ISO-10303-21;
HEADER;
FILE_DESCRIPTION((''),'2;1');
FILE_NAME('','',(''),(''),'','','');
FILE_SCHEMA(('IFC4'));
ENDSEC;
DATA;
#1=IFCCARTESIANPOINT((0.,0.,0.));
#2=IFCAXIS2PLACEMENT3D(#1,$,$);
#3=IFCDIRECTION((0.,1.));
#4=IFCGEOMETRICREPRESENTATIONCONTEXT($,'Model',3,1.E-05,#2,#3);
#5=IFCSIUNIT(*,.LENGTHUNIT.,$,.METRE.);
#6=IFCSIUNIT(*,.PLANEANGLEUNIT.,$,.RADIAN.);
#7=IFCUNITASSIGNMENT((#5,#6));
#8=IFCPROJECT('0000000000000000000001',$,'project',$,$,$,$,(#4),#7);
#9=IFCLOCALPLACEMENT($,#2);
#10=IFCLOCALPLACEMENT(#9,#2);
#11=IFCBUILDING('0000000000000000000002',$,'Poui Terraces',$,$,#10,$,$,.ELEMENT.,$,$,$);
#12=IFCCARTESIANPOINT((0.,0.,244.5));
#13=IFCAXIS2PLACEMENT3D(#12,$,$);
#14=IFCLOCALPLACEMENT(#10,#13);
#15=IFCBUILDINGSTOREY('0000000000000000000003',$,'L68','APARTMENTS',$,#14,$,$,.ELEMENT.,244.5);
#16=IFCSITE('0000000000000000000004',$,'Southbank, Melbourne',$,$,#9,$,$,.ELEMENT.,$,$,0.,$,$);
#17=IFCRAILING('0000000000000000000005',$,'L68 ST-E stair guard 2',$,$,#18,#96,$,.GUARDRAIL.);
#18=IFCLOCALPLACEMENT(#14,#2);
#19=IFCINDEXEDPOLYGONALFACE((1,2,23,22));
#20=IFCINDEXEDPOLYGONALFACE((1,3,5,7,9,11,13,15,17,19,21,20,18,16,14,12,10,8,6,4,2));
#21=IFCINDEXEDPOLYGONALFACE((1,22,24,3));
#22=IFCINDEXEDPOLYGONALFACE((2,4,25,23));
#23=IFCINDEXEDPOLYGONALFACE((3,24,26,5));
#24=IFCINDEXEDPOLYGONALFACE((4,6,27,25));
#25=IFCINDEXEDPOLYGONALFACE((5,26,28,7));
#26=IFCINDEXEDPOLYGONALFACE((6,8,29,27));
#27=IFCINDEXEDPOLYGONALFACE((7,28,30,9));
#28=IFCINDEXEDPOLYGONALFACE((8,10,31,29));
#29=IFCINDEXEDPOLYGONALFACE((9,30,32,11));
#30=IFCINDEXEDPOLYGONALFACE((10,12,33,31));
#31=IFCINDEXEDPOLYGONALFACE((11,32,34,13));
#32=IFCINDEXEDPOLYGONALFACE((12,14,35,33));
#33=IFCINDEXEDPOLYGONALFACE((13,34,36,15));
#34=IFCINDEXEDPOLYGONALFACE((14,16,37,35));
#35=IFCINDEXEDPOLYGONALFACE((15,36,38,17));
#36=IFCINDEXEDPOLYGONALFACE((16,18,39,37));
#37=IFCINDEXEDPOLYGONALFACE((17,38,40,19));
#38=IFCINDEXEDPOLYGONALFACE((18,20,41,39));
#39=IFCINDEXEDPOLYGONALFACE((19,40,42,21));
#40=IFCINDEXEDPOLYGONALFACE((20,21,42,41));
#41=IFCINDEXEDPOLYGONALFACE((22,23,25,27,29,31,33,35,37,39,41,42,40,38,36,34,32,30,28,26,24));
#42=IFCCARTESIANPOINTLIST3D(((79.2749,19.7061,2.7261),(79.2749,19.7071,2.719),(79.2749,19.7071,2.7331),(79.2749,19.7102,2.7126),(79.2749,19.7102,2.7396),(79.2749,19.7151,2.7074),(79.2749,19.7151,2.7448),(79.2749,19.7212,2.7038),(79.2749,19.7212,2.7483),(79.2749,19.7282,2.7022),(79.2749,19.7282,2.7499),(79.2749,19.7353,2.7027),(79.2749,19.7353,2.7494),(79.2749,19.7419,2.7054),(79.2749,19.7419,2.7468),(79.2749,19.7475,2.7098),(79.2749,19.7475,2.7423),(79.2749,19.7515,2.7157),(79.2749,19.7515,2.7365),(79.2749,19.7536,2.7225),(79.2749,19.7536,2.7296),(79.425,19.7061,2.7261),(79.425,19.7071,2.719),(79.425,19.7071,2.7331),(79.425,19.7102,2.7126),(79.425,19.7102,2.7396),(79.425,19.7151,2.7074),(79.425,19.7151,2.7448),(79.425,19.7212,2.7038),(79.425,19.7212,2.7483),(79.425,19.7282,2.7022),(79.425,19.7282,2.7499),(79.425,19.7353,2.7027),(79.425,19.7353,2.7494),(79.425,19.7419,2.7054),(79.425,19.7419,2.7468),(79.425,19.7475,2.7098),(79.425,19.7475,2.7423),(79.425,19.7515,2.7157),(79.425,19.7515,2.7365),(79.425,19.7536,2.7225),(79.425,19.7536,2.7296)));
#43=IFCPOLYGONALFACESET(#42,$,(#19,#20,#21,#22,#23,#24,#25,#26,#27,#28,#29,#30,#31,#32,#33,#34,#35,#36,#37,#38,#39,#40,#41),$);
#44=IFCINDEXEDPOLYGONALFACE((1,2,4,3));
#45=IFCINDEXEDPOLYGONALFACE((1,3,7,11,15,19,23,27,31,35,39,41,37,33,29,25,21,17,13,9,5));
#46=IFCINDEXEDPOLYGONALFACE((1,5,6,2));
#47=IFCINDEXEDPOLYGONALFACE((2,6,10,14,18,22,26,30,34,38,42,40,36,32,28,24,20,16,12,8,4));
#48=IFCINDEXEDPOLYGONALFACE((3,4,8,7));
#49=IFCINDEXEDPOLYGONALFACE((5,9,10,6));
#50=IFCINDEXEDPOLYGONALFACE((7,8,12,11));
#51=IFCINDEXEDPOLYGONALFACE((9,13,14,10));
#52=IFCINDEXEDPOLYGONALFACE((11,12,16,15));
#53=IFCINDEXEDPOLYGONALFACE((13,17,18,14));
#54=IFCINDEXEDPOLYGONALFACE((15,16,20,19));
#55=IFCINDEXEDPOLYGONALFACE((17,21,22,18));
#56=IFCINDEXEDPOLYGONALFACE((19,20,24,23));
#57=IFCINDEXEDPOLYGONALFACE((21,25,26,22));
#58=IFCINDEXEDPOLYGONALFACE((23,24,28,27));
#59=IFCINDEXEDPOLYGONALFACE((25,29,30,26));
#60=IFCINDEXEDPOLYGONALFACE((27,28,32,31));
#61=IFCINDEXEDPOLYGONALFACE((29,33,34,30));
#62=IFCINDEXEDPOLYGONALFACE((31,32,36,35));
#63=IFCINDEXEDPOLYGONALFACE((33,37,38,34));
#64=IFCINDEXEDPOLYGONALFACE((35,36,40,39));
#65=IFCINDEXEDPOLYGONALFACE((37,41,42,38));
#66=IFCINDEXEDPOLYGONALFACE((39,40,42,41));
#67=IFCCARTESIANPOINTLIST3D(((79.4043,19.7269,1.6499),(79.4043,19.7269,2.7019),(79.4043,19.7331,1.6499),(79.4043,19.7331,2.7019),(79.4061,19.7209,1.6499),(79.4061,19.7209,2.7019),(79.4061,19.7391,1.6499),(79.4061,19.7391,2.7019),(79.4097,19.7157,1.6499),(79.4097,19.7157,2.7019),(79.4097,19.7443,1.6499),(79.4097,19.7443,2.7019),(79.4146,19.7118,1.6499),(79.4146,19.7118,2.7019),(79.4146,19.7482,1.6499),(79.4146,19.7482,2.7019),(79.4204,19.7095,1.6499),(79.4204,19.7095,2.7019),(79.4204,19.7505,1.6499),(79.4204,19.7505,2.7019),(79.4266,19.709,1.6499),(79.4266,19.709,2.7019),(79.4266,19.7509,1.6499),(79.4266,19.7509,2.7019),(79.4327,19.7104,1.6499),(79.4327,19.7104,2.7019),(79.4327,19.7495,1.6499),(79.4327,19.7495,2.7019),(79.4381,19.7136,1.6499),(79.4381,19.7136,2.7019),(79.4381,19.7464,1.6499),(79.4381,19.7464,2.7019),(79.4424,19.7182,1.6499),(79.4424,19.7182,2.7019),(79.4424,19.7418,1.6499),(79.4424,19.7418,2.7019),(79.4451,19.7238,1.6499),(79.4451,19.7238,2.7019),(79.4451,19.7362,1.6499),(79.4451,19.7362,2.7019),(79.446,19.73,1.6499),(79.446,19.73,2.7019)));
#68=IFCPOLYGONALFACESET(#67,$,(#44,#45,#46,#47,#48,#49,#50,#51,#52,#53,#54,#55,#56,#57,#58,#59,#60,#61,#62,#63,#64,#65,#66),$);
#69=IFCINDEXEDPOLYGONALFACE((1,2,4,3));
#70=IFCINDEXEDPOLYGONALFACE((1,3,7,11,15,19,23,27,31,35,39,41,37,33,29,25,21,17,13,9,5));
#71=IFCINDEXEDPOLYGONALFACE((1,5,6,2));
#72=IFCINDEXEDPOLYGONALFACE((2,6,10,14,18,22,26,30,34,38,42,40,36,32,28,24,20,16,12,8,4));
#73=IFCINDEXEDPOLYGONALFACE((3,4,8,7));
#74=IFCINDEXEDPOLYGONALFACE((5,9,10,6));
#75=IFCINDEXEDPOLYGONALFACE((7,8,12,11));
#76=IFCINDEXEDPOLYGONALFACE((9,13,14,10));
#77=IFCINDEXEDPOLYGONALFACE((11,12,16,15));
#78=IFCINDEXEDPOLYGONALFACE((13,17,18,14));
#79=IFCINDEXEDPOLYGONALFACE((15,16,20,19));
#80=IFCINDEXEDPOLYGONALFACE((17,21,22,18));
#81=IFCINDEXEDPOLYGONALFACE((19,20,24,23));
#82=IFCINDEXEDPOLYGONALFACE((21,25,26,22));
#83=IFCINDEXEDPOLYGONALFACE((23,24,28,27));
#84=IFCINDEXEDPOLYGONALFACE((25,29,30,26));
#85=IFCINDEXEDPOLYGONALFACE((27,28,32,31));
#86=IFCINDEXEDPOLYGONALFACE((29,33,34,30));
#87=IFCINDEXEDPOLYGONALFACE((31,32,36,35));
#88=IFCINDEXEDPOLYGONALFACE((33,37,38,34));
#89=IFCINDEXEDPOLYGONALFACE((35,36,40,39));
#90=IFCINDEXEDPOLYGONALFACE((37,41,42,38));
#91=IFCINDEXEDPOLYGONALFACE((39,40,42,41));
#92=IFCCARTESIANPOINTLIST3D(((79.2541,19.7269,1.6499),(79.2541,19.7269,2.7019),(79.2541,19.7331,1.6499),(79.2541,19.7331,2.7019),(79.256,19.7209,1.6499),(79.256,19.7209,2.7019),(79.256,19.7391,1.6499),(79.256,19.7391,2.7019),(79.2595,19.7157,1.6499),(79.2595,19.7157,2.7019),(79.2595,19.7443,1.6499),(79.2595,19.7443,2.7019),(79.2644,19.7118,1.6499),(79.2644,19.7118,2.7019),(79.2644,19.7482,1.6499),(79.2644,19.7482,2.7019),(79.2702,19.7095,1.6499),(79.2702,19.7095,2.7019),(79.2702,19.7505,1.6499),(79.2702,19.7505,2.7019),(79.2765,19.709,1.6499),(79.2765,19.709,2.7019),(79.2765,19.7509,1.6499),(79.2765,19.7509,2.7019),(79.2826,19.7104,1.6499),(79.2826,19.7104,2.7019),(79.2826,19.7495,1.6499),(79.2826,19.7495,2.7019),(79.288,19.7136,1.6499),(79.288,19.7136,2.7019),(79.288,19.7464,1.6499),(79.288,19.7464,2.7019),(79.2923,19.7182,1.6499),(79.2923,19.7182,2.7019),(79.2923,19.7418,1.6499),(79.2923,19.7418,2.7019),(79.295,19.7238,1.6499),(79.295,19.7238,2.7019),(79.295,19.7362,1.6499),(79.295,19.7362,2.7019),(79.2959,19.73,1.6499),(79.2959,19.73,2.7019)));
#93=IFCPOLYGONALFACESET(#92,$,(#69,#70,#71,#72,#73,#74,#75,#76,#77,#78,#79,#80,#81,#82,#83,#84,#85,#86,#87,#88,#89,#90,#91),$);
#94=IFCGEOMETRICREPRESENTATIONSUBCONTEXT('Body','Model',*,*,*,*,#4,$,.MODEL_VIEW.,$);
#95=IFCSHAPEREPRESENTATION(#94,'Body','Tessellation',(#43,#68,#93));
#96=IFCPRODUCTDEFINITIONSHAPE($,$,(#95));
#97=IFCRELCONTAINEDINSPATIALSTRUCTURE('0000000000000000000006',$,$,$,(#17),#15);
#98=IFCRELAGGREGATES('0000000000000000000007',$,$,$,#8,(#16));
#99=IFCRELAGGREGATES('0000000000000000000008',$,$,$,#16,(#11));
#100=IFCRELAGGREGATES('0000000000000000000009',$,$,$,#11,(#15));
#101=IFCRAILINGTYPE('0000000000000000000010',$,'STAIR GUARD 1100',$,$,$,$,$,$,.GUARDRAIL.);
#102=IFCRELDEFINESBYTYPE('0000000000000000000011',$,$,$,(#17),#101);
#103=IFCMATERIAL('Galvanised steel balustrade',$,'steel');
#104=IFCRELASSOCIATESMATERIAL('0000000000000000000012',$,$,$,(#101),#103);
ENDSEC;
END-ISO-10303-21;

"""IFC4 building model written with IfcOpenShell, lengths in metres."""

from ifc_helpers import new_model, si_unit, direction, frame, origin, origin_2d, place, context, subcontext, project, spatial, circle, extrude, material, type_object, element, save


model = new_model("IFC4")

# Units and contexts
model_context = context("Model", 3, precision=1e-05, world=origin(), true_north=direction((0.0, 1.0)))
body_context = subcontext(model_context, "Body", "Model", "MODEL_VIEW")
ifc_project = project(units=[si_unit("LENGTHUNIT", "METRE"), si_unit("PLANEANGLEUNIT", "RADIAN")], contexts=[model_context])

# Site, building, storey
site_placement = place(None, origin())
site = spatial("IfcSite", under=ifc_project, at=site_placement, Name="Southbank, Melbourne", CompositionType="ELEMENT", RefElevation=0.0)
building_placement = place(site_placement, origin())
building = spatial("IfcBuilding", under=site, at=building_placement, Name="Poui Terraces", CompositionType="ELEMENT")
storey_placement = place(building_placement, frame((0.0, 0.0, 244.5)))
storey = spatial("IfcBuildingStorey", under=building, at=storey_placement, Name="L68", Description="APARTMENTS", CompositionType="ELEMENT", Elevation=244.5)

# Railing
ifc_material_1 = material(Name="Galvanised steel balustrade", Category="steel")
railing_type = type_object("IfcRailingType", Name="STAIR GUARD 1100", PredefinedType="GUARDRAIL", material=ifc_material_1)
for number, where, name in (
    (1, (79.425, 19.73, 1.6499), "L68 ST-E stair guard 2"),
):
    element("IfcRailing", number, at=place(storey_placement, frame(where)), inside=storey, type_object=railing_type, Name=name, PredefinedType="GUARDRAIL", context=body_context, shape_type="SweptSolid", body=[
        extrude(circle(Radius=0.0239, at=origin_2d()), frame((0.0, 0.0, 1.0762), z_axis=(-1.0, 0.0, 0.0), x_axis=(0.0, -1.0, 0.0)), (0.0, 0.0, 1.0), 0.1501),
        extrude(circle(Radius=0.021, at=origin_2d()), origin(), (0.0, 0.0, 1.0), 1.052),
        extrude(circle(Radius=0.021, at=origin_2d()), frame((-0.1501, 0.0, 0.0)), (0.0, 0.0, 1.0), 1.052),
    ])

save(model, "model.ifc")
